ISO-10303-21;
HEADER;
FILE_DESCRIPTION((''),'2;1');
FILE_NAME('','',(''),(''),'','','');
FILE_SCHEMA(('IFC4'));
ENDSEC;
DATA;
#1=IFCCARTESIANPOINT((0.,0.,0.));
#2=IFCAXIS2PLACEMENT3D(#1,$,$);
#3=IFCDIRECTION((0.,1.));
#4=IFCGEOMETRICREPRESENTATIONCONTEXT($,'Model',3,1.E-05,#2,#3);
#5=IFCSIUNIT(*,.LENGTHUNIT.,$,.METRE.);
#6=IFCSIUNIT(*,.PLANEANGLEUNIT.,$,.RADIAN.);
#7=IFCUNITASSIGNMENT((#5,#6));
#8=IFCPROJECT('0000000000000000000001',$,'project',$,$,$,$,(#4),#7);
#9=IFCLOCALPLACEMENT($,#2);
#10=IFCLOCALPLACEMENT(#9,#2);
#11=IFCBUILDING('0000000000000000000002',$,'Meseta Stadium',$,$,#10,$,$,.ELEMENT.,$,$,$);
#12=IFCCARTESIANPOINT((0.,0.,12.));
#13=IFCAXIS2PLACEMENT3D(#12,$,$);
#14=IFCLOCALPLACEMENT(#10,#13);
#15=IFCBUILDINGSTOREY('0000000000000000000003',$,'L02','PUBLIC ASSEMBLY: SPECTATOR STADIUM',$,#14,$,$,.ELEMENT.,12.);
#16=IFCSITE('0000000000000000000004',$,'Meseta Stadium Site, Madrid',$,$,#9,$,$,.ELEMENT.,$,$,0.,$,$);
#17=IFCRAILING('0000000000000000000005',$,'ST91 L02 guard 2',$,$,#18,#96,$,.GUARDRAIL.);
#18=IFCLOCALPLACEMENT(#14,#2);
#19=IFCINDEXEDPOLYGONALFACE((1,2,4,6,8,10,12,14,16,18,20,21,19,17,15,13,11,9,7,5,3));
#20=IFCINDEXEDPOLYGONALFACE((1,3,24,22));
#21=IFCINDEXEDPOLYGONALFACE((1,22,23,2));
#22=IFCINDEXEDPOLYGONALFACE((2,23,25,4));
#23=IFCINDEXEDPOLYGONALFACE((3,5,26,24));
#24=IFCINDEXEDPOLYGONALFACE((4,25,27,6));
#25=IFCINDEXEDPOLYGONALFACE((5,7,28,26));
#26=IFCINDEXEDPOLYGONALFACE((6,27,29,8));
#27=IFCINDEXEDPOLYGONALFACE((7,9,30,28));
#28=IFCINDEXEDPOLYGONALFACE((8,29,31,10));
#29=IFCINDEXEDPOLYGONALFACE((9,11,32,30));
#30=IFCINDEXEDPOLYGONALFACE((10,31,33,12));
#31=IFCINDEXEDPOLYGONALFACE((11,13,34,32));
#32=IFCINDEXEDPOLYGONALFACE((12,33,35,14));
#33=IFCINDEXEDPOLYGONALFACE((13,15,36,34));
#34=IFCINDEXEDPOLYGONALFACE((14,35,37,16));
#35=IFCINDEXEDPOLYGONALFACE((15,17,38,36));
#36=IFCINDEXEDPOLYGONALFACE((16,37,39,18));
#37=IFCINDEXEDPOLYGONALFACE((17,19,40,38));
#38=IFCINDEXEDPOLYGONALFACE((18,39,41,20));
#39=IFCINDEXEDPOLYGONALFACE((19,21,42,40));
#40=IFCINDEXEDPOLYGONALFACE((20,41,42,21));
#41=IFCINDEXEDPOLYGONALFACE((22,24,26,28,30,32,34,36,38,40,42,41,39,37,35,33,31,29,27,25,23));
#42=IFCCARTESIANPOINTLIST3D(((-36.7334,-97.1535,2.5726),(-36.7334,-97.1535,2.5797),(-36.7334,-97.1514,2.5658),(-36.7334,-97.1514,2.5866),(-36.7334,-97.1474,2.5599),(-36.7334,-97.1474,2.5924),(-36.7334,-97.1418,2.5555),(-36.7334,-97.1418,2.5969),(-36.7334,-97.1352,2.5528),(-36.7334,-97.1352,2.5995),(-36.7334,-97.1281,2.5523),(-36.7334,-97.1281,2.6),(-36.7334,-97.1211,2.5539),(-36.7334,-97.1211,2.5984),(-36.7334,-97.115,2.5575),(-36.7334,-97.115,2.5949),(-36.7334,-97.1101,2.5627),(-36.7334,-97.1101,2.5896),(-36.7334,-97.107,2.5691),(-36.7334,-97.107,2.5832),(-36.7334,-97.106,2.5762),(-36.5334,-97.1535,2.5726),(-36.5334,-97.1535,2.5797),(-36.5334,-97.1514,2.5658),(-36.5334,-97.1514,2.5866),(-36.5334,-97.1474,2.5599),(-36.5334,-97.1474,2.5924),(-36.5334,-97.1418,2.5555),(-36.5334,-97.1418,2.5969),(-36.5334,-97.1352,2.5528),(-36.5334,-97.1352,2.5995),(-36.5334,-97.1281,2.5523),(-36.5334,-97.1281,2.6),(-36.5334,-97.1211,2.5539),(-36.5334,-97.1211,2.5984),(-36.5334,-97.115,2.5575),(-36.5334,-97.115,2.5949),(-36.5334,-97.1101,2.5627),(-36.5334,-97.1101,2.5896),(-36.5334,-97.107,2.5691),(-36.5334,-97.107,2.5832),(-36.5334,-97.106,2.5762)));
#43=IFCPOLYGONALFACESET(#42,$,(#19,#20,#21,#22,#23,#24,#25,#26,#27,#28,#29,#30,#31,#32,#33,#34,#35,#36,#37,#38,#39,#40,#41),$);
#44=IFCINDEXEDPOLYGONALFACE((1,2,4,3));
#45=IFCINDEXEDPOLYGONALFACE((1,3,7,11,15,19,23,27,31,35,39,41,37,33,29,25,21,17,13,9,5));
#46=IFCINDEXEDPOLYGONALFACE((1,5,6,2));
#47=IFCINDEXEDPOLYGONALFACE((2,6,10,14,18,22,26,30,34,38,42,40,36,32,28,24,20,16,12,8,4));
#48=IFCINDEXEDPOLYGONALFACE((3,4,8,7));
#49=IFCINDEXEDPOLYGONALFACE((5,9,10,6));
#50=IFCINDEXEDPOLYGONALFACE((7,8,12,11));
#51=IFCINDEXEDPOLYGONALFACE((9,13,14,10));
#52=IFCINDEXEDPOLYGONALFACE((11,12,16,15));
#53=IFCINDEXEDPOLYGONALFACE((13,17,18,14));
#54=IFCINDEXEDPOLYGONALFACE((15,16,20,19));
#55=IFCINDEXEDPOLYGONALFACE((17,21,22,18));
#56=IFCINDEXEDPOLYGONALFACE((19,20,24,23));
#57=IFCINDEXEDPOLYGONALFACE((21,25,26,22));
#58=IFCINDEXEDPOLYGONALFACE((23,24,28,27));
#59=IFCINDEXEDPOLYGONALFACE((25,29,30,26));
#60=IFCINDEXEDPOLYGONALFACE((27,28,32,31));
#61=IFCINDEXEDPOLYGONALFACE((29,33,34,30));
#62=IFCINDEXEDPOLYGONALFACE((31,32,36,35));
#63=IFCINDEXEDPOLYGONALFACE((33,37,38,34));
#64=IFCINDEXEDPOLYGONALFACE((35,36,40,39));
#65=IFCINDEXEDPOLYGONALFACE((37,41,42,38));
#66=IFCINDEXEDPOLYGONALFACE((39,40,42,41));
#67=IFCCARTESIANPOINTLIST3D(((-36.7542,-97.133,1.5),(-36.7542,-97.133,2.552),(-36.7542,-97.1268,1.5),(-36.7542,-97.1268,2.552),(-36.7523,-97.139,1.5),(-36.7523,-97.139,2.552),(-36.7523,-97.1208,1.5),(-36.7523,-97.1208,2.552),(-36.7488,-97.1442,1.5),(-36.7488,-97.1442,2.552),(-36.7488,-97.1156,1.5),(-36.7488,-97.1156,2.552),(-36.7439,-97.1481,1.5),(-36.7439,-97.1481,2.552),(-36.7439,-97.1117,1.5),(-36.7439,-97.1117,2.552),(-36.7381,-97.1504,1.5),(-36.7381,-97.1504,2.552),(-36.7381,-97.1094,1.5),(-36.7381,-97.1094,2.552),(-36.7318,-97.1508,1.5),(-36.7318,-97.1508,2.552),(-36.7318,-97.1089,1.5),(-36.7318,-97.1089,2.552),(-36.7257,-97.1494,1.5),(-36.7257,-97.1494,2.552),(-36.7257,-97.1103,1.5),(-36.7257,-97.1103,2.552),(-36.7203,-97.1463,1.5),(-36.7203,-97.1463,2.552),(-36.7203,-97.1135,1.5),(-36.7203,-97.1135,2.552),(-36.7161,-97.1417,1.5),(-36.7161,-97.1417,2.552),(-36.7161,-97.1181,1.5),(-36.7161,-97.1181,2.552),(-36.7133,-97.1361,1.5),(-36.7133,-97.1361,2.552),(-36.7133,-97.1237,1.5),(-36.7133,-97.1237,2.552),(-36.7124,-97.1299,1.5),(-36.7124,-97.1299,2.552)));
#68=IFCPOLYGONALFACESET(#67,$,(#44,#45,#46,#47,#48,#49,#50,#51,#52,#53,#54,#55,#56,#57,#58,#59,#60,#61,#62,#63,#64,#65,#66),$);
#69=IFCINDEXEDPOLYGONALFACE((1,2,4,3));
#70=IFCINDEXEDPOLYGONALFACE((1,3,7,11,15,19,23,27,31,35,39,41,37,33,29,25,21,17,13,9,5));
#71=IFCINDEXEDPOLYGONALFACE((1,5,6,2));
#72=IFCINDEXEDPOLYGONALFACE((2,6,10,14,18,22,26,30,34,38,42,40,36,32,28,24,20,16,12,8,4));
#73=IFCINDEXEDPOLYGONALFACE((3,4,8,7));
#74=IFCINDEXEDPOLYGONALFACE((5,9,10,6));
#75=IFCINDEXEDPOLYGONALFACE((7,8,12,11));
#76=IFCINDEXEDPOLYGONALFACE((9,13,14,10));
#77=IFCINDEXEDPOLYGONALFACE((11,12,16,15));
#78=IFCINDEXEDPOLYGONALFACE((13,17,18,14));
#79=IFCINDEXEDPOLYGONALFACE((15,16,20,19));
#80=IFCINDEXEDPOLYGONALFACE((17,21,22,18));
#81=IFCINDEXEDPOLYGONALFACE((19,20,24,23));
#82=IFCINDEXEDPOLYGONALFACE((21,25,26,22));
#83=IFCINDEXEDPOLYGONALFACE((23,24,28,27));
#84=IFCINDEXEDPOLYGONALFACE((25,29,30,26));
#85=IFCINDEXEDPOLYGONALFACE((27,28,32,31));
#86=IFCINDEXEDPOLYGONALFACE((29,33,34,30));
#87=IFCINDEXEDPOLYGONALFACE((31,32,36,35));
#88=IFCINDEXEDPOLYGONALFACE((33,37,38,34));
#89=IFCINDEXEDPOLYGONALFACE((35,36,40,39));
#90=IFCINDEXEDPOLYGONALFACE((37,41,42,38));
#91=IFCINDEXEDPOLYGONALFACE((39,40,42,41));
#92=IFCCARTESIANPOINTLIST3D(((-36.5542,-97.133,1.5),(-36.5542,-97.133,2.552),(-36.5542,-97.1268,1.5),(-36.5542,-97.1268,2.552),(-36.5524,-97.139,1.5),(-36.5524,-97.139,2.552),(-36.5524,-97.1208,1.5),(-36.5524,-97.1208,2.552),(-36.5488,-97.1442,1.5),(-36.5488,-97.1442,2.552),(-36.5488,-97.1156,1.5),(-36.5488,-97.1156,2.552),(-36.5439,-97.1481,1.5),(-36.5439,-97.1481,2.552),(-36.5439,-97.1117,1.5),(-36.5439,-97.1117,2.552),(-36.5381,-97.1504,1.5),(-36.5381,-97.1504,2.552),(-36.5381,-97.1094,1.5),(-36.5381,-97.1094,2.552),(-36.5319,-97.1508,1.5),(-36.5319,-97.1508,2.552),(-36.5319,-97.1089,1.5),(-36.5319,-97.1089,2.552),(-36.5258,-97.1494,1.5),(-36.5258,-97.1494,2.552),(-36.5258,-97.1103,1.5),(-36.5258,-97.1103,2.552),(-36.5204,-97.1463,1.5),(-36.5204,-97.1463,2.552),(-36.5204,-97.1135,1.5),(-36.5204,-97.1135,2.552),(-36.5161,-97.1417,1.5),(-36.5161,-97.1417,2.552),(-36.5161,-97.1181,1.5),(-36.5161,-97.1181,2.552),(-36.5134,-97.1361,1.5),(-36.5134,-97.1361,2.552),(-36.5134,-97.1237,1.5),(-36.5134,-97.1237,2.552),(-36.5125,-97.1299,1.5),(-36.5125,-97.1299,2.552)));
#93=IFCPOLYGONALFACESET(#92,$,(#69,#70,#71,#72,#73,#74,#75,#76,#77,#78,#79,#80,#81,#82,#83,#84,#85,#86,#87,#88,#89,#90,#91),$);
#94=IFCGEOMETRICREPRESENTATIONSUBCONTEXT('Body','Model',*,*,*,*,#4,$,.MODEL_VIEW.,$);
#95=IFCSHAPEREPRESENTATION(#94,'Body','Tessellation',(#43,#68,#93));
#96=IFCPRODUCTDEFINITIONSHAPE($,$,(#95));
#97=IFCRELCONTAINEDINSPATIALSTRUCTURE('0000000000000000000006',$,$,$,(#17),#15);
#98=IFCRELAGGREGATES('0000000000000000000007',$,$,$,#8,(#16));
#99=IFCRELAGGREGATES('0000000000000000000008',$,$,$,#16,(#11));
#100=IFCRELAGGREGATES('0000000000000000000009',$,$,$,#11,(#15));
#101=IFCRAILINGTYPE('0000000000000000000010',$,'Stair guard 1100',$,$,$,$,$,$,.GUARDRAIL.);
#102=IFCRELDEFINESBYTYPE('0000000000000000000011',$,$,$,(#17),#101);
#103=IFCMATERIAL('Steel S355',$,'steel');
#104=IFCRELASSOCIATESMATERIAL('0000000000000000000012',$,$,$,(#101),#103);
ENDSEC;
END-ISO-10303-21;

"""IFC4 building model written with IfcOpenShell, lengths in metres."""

from ifc_helpers import new_model, si_unit, direction, frame, origin, origin_2d, place, context, subcontext, project, spatial, circle, extrude, material, type_object, element, save


model = new_model("IFC4")

# Units and contexts
model_context = context("Model", 3, precision=1e-05, world=origin(), true_north=direction((0.0, 1.0)))
body_context = subcontext(model_context, "Body", "Model", "MODEL_VIEW")
ifc_project = project(units=[si_unit("LENGTHUNIT", "METRE"), si_unit("PLANEANGLEUNIT", "RADIAN")], contexts=[model_context])

# Site, building, storey
site_placement = place(None, origin())
site = spatial("IfcSite", under=ifc_project, at=site_placement, Name="Meseta Stadium Site, Madrid", CompositionType="ELEMENT", RefElevation=0.0)
building_placement = place(site_placement, origin())
building = spatial("IfcBuilding", under=site, at=building_placement, Name="Meseta Stadium", CompositionType="ELEMENT")
storey_placement = place(building_placement, frame((0.0, 0.0, 12.0)))
storey = spatial("IfcBuildingStorey", under=building, at=storey_placement, Name="L02", Description="PUBLIC ASSEMBLY: SPECTATOR STADIUM", CompositionType="ELEMENT", Elevation=12.0)

# Railing
ifc_material_1 = material(Name="Steel S355", Category="steel")
railing_type_1 = type_object("IfcRailingType", Name="Stair guard 1100", PredefinedType="GUARDRAIL", material=ifc_material_1)
railing_1_placement = place(storey_placement, frame((-36.7334, -97.1299, 1.5)))
element("IfcRailing", 1, at=railing_1_placement, inside=storey, type_object=railing_type_1, Name="ST91 L02 guard 2", PredefinedType="GUARDRAIL", context=body_context, shape_type="SweptSolid", body=[
    extrude(circle(Radius=0.0239, at=origin_2d()), frame((0.0, 0.0, 1.0762), z_axis=(1.0, 0.0, 0.0), x_axis=(0.0, 1.0, 0.0)), (0.0, 0.0, 1.0), 0.2),
    extrude(circle(Radius=0.021, at=origin_2d()), origin(), (0.0, 0.0, 1.0), 1.052),
    extrude(circle(Radius=0.021, at=origin_2d()), frame((0.2, 0.0, 0.0)), (0.0, 0.0, 1.0), 1.052),
])

save(model, "model.ifc")
